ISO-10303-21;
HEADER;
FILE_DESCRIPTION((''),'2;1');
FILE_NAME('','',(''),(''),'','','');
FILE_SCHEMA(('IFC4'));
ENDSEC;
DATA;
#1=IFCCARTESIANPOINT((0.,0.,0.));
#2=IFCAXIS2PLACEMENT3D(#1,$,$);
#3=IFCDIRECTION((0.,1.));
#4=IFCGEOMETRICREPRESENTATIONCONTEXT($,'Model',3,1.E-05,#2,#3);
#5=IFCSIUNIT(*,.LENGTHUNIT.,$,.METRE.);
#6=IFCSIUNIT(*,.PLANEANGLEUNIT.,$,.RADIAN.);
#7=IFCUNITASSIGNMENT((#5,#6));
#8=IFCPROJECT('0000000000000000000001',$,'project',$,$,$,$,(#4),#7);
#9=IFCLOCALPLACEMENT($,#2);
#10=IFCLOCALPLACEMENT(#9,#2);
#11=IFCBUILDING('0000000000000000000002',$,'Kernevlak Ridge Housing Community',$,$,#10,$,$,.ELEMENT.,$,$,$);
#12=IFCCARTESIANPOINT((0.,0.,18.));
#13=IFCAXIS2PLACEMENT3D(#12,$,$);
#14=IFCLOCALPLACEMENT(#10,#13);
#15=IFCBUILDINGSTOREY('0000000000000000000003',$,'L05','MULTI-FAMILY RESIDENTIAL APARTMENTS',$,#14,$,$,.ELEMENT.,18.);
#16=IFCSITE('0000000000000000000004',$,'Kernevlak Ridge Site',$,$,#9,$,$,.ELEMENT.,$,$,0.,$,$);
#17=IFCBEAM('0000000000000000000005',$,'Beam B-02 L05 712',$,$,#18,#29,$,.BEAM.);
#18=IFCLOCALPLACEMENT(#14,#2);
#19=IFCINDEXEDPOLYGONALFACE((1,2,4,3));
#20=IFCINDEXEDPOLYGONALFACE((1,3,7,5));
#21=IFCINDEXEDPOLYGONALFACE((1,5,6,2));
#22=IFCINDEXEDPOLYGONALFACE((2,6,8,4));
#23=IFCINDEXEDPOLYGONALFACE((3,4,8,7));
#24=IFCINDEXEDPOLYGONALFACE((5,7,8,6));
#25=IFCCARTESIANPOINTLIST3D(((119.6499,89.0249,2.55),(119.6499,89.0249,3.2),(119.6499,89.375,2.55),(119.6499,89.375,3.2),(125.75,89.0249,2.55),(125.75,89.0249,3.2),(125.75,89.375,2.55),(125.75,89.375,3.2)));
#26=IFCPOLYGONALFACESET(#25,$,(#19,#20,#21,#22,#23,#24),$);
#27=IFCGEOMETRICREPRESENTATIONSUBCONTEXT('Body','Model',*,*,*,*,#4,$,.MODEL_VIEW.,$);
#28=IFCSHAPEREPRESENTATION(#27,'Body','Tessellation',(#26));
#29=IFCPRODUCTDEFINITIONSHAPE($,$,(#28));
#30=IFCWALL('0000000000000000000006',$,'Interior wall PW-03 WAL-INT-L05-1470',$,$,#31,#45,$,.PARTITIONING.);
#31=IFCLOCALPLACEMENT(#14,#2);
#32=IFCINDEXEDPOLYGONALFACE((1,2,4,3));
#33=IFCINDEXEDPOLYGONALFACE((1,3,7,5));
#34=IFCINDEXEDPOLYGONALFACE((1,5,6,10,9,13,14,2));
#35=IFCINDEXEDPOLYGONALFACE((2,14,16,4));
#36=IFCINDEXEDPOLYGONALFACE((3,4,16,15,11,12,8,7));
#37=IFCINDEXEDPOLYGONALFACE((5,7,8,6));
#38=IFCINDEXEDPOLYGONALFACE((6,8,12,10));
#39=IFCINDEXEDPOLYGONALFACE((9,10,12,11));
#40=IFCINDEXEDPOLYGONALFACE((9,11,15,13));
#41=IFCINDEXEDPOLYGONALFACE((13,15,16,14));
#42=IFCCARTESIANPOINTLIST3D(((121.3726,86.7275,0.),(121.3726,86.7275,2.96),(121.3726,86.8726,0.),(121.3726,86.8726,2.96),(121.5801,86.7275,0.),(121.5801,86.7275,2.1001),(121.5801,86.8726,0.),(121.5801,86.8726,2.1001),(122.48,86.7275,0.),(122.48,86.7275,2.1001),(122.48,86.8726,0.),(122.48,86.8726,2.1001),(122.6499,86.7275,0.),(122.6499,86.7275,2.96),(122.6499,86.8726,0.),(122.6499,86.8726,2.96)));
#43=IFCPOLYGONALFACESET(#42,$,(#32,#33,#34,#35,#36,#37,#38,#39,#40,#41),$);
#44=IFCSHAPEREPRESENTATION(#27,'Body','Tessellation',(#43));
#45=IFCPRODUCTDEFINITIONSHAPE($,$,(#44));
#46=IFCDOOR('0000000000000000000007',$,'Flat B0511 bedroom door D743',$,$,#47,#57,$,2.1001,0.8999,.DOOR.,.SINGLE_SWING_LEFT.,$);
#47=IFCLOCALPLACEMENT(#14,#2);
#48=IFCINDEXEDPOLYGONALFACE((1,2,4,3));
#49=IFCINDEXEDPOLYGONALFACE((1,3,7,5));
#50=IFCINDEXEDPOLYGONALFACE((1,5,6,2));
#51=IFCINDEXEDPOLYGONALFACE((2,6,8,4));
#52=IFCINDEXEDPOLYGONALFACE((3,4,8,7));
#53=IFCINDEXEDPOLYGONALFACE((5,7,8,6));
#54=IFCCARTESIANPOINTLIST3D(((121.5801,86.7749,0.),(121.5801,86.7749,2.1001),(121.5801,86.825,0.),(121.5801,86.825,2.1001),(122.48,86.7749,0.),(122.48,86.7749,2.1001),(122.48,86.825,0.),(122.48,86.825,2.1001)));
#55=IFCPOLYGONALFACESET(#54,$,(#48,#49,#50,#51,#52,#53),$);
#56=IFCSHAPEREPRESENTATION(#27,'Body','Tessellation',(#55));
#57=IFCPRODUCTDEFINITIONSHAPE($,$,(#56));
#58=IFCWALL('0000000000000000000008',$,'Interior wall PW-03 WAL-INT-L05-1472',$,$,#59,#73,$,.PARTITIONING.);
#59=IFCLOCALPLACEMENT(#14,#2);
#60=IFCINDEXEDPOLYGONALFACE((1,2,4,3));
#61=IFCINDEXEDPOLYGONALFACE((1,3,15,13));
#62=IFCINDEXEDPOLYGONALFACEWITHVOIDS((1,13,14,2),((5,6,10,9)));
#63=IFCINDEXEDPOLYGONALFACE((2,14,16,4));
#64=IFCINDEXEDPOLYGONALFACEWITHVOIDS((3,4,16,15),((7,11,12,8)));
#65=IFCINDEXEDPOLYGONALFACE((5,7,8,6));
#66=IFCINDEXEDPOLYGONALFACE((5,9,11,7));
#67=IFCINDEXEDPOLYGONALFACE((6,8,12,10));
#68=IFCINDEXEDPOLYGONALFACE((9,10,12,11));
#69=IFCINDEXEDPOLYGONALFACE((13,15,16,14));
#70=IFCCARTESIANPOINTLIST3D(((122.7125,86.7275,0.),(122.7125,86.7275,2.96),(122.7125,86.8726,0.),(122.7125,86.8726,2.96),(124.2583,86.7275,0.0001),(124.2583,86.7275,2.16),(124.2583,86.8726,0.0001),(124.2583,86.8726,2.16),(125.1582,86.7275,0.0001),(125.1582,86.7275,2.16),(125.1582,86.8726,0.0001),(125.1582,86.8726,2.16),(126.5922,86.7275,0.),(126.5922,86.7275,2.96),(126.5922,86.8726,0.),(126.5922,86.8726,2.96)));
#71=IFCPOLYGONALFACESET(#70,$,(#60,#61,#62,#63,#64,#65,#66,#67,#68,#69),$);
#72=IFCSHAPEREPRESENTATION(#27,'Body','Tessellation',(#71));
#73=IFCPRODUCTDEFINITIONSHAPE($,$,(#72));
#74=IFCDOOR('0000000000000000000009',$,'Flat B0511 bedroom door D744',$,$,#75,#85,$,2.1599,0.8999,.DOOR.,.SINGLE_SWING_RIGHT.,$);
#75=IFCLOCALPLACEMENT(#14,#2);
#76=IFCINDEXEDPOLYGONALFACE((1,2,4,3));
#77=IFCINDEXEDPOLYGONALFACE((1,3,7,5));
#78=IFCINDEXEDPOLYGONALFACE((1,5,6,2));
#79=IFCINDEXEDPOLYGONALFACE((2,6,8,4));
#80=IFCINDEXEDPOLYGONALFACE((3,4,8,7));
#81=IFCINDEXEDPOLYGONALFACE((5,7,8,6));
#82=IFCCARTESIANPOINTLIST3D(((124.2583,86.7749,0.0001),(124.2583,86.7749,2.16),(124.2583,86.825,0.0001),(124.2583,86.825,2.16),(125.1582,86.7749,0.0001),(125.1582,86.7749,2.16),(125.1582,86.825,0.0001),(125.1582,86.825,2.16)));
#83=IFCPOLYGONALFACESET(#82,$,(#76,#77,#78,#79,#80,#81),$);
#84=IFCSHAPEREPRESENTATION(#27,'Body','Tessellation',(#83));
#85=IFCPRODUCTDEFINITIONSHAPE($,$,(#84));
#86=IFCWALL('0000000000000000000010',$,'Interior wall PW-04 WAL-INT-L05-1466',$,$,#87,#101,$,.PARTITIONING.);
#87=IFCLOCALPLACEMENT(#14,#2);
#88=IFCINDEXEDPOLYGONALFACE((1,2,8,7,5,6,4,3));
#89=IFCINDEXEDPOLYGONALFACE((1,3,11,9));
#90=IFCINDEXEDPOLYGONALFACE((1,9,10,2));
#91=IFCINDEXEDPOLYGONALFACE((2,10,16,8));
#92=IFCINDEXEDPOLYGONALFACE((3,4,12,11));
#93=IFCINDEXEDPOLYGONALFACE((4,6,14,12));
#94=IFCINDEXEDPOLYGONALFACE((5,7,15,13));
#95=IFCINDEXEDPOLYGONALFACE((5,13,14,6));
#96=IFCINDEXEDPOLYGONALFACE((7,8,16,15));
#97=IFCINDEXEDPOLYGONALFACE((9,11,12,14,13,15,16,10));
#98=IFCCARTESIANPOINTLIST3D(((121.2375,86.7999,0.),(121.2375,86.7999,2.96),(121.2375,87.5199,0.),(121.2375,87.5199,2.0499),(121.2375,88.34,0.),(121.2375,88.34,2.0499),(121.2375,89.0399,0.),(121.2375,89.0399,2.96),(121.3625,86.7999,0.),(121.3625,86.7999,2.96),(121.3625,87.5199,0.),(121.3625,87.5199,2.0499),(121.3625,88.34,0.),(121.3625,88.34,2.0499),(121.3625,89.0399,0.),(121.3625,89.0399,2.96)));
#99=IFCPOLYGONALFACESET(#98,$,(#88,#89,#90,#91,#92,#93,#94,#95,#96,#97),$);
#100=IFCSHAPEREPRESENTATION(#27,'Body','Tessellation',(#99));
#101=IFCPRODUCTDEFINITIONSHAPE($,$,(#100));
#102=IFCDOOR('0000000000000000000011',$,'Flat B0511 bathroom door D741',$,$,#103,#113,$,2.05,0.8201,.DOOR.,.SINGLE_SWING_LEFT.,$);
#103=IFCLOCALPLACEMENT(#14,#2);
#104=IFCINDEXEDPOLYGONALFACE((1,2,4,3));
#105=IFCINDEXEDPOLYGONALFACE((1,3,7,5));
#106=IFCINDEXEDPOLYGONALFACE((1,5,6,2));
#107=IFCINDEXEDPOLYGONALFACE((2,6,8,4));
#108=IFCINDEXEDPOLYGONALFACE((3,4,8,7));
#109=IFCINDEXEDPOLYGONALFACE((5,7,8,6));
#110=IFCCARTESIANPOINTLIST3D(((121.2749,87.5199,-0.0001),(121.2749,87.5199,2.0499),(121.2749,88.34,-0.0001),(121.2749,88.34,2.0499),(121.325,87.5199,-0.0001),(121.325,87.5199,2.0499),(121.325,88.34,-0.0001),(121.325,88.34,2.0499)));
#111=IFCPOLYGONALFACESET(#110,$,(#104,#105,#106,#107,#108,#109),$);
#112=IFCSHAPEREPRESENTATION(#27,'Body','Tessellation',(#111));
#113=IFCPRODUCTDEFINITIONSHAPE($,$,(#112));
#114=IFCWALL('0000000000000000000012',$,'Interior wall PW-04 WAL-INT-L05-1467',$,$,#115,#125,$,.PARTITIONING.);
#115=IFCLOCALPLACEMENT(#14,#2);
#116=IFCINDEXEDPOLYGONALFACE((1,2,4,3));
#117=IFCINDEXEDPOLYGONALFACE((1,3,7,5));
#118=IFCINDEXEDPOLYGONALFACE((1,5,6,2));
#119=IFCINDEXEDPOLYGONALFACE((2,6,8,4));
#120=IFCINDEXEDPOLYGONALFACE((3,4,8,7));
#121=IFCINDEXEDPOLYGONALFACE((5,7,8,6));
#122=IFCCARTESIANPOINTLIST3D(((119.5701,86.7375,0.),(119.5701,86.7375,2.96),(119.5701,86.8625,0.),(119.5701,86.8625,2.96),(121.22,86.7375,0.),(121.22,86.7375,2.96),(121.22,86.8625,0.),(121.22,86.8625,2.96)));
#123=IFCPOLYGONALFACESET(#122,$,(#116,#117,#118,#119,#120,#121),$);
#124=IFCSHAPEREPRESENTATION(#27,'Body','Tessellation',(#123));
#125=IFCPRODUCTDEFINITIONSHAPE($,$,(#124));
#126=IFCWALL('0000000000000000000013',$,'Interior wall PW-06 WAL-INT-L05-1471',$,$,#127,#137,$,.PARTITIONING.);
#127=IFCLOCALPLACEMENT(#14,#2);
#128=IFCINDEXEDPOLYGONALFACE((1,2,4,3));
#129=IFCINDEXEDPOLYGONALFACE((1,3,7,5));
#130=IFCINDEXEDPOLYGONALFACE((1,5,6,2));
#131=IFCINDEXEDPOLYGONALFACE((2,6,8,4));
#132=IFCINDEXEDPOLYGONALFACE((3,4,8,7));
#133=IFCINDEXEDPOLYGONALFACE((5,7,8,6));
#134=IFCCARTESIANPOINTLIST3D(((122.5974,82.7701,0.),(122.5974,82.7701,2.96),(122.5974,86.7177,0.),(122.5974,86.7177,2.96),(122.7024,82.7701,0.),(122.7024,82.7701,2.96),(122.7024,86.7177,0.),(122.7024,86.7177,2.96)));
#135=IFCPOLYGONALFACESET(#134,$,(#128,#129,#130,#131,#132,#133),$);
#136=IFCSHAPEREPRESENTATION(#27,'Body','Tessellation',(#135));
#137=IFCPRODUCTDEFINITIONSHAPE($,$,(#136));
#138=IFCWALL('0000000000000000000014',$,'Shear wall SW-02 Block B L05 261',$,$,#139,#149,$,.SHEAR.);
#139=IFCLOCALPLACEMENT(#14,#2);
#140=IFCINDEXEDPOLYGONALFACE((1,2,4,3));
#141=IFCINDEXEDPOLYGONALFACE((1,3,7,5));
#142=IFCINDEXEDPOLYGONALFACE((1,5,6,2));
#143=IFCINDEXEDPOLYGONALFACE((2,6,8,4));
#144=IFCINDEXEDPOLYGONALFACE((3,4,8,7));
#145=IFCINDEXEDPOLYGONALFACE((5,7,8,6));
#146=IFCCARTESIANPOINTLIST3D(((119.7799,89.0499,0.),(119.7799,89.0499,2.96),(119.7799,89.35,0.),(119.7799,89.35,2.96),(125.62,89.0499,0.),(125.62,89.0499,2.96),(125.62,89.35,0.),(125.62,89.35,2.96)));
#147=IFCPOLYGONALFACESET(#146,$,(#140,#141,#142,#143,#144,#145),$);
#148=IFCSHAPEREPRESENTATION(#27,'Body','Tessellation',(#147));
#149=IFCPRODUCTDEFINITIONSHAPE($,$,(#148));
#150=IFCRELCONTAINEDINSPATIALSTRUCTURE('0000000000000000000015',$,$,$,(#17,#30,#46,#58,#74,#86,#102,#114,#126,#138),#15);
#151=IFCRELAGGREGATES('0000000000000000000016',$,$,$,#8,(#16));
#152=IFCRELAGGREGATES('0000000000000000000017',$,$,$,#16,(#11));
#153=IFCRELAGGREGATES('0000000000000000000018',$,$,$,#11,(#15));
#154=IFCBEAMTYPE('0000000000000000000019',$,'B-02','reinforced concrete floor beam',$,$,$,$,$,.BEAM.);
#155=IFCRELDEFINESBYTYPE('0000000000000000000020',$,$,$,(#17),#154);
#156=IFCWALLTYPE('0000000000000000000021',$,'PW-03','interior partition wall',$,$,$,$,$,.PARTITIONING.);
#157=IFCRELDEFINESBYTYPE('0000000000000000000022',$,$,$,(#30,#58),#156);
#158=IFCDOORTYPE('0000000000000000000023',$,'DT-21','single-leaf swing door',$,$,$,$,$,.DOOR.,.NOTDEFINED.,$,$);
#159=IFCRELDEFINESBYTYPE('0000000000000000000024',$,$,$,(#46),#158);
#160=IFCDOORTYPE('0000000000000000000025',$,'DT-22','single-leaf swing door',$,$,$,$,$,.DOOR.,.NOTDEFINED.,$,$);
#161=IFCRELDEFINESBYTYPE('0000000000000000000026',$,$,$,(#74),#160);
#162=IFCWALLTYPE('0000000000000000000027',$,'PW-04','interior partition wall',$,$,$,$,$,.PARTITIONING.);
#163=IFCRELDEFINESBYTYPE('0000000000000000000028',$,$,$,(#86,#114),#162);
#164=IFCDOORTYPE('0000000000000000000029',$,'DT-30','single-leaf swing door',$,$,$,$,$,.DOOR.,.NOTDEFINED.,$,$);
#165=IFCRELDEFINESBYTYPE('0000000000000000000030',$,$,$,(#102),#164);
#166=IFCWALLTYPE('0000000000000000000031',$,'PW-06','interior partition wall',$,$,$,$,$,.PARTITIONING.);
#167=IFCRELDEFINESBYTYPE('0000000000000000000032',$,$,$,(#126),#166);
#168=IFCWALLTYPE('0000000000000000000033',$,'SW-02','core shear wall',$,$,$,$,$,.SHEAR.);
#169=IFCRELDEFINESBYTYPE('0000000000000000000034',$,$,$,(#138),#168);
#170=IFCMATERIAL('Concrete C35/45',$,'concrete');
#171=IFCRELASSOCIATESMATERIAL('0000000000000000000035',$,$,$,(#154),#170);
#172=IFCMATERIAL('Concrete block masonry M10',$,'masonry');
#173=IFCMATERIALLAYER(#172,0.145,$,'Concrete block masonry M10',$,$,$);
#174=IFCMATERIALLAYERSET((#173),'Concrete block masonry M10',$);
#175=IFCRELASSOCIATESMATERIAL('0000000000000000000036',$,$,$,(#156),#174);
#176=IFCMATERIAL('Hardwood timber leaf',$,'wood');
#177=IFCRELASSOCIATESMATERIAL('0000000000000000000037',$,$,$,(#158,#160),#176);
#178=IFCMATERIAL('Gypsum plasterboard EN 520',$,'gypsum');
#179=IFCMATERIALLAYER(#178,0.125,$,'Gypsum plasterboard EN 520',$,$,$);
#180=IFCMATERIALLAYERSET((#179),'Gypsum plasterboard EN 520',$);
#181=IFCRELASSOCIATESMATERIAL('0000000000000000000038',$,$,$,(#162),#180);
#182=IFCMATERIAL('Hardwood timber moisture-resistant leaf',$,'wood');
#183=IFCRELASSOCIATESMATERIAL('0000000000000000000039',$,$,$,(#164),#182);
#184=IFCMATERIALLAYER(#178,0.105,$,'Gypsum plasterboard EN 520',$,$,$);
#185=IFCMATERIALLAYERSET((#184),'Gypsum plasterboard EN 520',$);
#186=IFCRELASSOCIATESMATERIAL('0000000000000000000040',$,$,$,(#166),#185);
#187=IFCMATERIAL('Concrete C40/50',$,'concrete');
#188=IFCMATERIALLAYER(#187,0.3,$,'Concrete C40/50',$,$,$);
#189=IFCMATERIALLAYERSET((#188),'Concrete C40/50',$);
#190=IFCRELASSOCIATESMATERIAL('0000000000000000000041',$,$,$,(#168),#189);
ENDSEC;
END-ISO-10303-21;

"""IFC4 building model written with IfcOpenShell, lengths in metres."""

from ifc_helpers import new_model, si_unit, direction, frame, frame_2d, origin, origin_2d, place, context, subcontext, project, spatial, rectangle, extrude, material, layer, layer_set, material_profile, profile_set, type_object, element, fill, save


model = new_model("IFC4")

# Units and contexts
model_context = context("Model", 3, precision=1e-05, world=origin(), true_north=direction((0.0, 1.0)))
body_context = subcontext(model_context, "Body", "Model", "MODEL_VIEW")
ifc_project = project(units=[si_unit("LENGTHUNIT", "METRE"), si_unit("PLANEANGLEUNIT", "RADIAN")], contexts=[model_context])

# Site, building, storey
site_placement = place(None, origin())
site = spatial("IfcSite", under=ifc_project, at=site_placement, Name="Kernevlak Ridge Site", CompositionType="ELEMENT", RefElevation=0.0)
building_placement = place(site_placement, origin())
building = spatial("IfcBuilding", under=site, at=building_placement, Name="Kernevlak Ridge Housing Community", CompositionType="ELEMENT")
storey_placement = place(building_placement, frame((0.0, 0.0, 18.0)))
storey = spatial("IfcBuildingStorey", under=building, at=storey_placement, Name="L05", Description="MULTI-FAMILY RESIDENTIAL APARTMENTS", CompositionType="ELEMENT", Elevation=18.0)

# Beam
ifc_material_1 = material(Name="Concrete C35/45", Category="concrete")
ifc_material_profile = material_profile(ifc_material_1, rectangle(XDim=0.3501, YDim=0.6499, at=origin_2d()), Name="RC 350x650")
ifc_profile_set = profile_set([ifc_material_profile], Name="Concrete C35/45")
beam_type = type_object("IfcBeamType", Name="B-02", Description="reinforced concrete floor beam", PredefinedType="BEAM", material=ifc_profile_set)
beam_placement = place(storey_placement, frame((119.6499, 89.2, 2.875), z_axis=(1.0, 0.0, 0.0), x_axis=(0.0, 1.0, 0.0)))
element("IfcBeam", 1, at=beam_placement, inside=storey, type_object=beam_type, Name="Beam B-02 L05 712", PredefinedType="BEAM", context=body_context, shape_type="SweptSolid", body=[
    extrude(rectangle(XDim=0.3501, YDim=0.6499, at=origin_2d()), origin(), (0.0, 0.0, 1.0), 6.1001),
])

# Walls, openings, doors
ifc_material_2 = material(Name="Concrete block masonry M10", Category="masonry")
ifc_layer_1 = layer(ifc_material_2, 0.145, Name="Concrete block masonry M10")
ifc_layer_set_1 = layer_set([ifc_layer_1], Name="Concrete block masonry M10")
wall_type_1 = type_object("IfcWallType", Name="PW-03", Description="interior partition wall", PredefinedType="PARTITIONING", material=ifc_layer_set_1)
wall_1_placement = place(storey_placement, frame((121.3726, 86.8, 0.0), z_axis=(0.0, 0.0, 1.0), x_axis=(1.0, 0.0, 0.0)))
wall_1 = element("IfcWall", 2, at=wall_1_placement, inside=storey, type_object=wall_type_1, Name="Interior wall PW-03 WAL-INT-L05-1470", PredefinedType="PARTITIONING", context=body_context, shape_type="SweptSolid", body=[
    extrude(rectangle(XDim=1.2773, YDim=0.145, at=frame_2d((0.6387, 0.0))), origin(), (0.0, 0.0, 1.0), 2.96),
])
opening_1_placement = place(wall_1_placement, frame((0.2075, 0.0, 0.0)))
opening_1 = element("IfcOpeningElement", 3, at=opening_1_placement, cuts=wall_1, PredefinedType="OPENING", context=body_context, shape_type="SweptSolid", body=[
    extrude(rectangle(XDim=0.8999, YDim=2.1001, at=frame_2d((0.45, 1.05))), frame((0.0, 0.0825, 0.0), z_axis=(0.0, -1.0, 0.0), x_axis=(1.0, 0.0, 0.0)), (0.0, 0.0, 1.0), 0.165),
])
ifc_material_3 = material(Name="Hardwood timber leaf", Category="wood")
door_type_1 = type_object("IfcDoorType", Name="DT-21", Description="single-leaf swing door", OperationType="NOTDEFINED", PredefinedType="DOOR", material=ifc_material_3)
door_1_placement = place(opening_1_placement, origin())
door_1 = element("IfcDoor", 4, at=door_1_placement, inside=storey, type_object=door_type_1, Name="Flat B0511 bedroom door D743", OperationType="SINGLE_SWING_LEFT", OverallHeight=2.1001, OverallWidth=0.8999, PredefinedType="DOOR", context=body_context, shape_type="SweptSolid", body=[
    extrude(rectangle(XDim=0.8999, YDim=2.1001, at=frame_2d((0.45, 1.05))), frame((0.0, 0.0249, 0.0), z_axis=(0.0, -1.0, 0.0), x_axis=(1.0, 0.0, 0.0)), (0.0, 0.0, 1.0), 0.05),
])
fill(opening_1, door_1)
wall_2_placement = place(storey_placement, frame((122.7124, 86.8, 0.0), z_axis=(0.0, 0.0, 1.0), x_axis=(1.0, 0.0, 0.0)))
wall_2 = element("IfcWall", 5, at=wall_2_placement, inside=storey, type_object=wall_type_1, Name="Interior wall PW-03 WAL-INT-L05-1472", PredefinedType="PARTITIONING", context=body_context, shape_type="SweptSolid", body=[
    extrude(rectangle(XDim=3.8796, YDim=0.145, at=frame_2d((1.9399, 0.0))), origin(), (0.0, 0.0, 1.0), 2.96),
])
opening_2_placement = place(wall_2_placement, frame((1.5459, 0.0, 0.0)))
opening_2 = element("IfcOpeningElement", 6, at=opening_2_placement, cuts=wall_2, PredefinedType="OPENING", context=body_context, shape_type="SweptSolid", body=[
    extrude(rectangle(XDim=0.8999, YDim=2.1599, at=frame_2d((0.45, 1.0801))), frame((0.0, 0.0825, 0.0), z_axis=(0.0, -1.0, 0.0), x_axis=(1.0, 0.0, 0.0)), (0.0, 0.0, 1.0), 0.165),
])
door_type_2 = type_object("IfcDoorType", Name="DT-22", Description="single-leaf swing door", OperationType="NOTDEFINED", PredefinedType="DOOR", material=ifc_material_3)
door_2_placement = place(opening_2_placement, origin())
door_2 = element("IfcDoor", 7, at=door_2_placement, inside=storey, type_object=door_type_2, Name="Flat B0511 bedroom door D744", OperationType="SINGLE_SWING_RIGHT", OverallHeight=2.1599, OverallWidth=0.8999, PredefinedType="DOOR", context=body_context, shape_type="SweptSolid", body=[
    extrude(rectangle(XDim=0.8999, YDim=2.1599, at=frame_2d((0.45, 1.0801))), frame((0.0, 0.0249, 0.0), z_axis=(0.0, -1.0, 0.0), x_axis=(1.0, 0.0, 0.0)), (0.0, 0.0, 1.0), 0.05),
])
fill(opening_2, door_2)
ifc_material_4 = material(Name="Gypsum plasterboard EN 520", Category="gypsum")
ifc_layer_2 = layer(ifc_material_4, 0.125, Name="Gypsum plasterboard EN 520")
ifc_layer_set_2 = layer_set([ifc_layer_2], Name="Gypsum plasterboard EN 520")
wall_type_2 = type_object("IfcWallType", Name="PW-04", Description="interior partition wall", PredefinedType="PARTITIONING", material=ifc_layer_set_2)
wall_3_placement = place(storey_placement, frame((121.3, 89.04, 0.0), z_axis=(0.0, 0.0, 1.0), x_axis=(0.0, -1.0, 0.0)))
wall_3 = element("IfcWall", 8, at=wall_3_placement, inside=storey, type_object=wall_type_2, Name="Interior wall PW-04 WAL-INT-L05-1466", PredefinedType="PARTITIONING", context=body_context, shape_type="SweptSolid", body=[
    extrude(rectangle(XDim=2.24, YDim=0.125, at=frame_2d((1.1201, 0.0))), origin(), (0.0, 0.0, 1.0), 2.96),
])
opening_3_placement = place(wall_3_placement, frame((0.7, 0.0, 0.0)))
opening_3 = element("IfcOpeningElement", 9, at=opening_3_placement, cuts=wall_3, PredefinedType="OPENING", context=body_context, shape_type="SweptSolid", body=[
    extrude(rectangle(XDim=0.8201, YDim=2.05, at=frame_2d((0.4102, 1.0249))), frame((0.0, 0.0725, 0.0), z_axis=(0.0, -1.0, 0.0), x_axis=(1.0, 0.0, 0.0)), (0.0, 0.0, 1.0), 0.145),
])
ifc_material_5 = material(Name="Hardwood timber moisture-resistant leaf", Category="wood")
door_type_3 = type_object("IfcDoorType", Name="DT-30", Description="single-leaf swing door", OperationType="NOTDEFINED", PredefinedType="DOOR", material=ifc_material_5)
door_3_placement = place(opening_3_placement, origin())
door_3 = element("IfcDoor", 10, at=door_3_placement, inside=storey, type_object=door_type_3, Name="Flat B0511 bathroom door D741", OperationType="SINGLE_SWING_LEFT", OverallHeight=2.05, OverallWidth=0.8201, PredefinedType="DOOR", context=body_context, shape_type="SweptSolid", body=[
    extrude(rectangle(XDim=0.8201, YDim=2.05, at=frame_2d((0.4102, 1.0249))), frame((0.0, 0.0249, 0.0), z_axis=(0.0, -1.0, 0.0), x_axis=(1.0, 0.0, 0.0)), (0.0, 0.0, 1.0), 0.05),
])
fill(opening_3, door_3)

# Walls
wall_4_placement = place(storey_placement, frame((119.5701, 86.8, 0.0), z_axis=(0.0, 0.0, 1.0), x_axis=(1.0, 0.0, 0.0)))
element("IfcWall", 11, at=wall_4_placement, inside=storey, type_object=wall_type_2, Name="Interior wall PW-04 WAL-INT-L05-1467", PredefinedType="PARTITIONING", context=body_context, shape_type="SweptSolid", body=[
    extrude(rectangle(XDim=1.6499, YDim=0.125, at=frame_2d((0.825, 0.0))), origin(), (0.0, 0.0, 1.0), 2.96),
])
ifc_layer_3 = layer(ifc_material_4, 0.105, Name="Gypsum plasterboard EN 520")
ifc_layer_set_3 = layer_set([ifc_layer_3], Name="Gypsum plasterboard EN 520")
wall_type_3 = type_object("IfcWallType", Name="PW-06", Description="interior partition wall", PredefinedType="PARTITIONING", material=ifc_layer_set_3)
wall_5_placement = place(storey_placement, frame((122.6499, 86.7175, 0.0), z_axis=(0.0, 0.0, 1.0), x_axis=(0.0, -1.0, 0.0)))
element("IfcWall", 12, at=wall_5_placement, inside=storey, type_object=wall_type_3, Name="Interior wall PW-06 WAL-INT-L05-1471", PredefinedType="PARTITIONING", context=body_context, shape_type="SweptSolid", body=[
    extrude(rectangle(XDim=3.9475, YDim=0.105, at=frame_2d((1.9736, 0.0))), origin(), (0.0, 0.0, 1.0), 2.96),
])
ifc_material_6 = material(Name="Concrete C40/50", Category="concrete")
ifc_layer_4 = layer(ifc_material_6, 0.3, Name="Concrete C40/50")
ifc_layer_set_4 = layer_set([ifc_layer_4], Name="Concrete C40/50")
wall_type_4 = type_object("IfcWallType", Name="SW-02", Description="core shear wall", PredefinedType="SHEAR", material=ifc_layer_set_4)
wall_6_placement = place(storey_placement, frame((119.78, 89.2, 0.0), z_axis=(0.0, 0.0, 1.0), x_axis=(1.0, 0.0, 0.0)))
element("IfcWall", 13, at=wall_6_placement, inside=storey, type_object=wall_type_4, Name="Shear wall SW-02 Block B L05 261", PredefinedType="SHEAR", context=body_context, shape_type="SweptSolid", body=[
    extrude(rectangle(XDim=5.8401, YDim=0.3, at=frame_2d((2.9199, 0.0))), origin(), (0.0, 0.0, 1.0), 2.96),
])

save(model, "model.ifc")
